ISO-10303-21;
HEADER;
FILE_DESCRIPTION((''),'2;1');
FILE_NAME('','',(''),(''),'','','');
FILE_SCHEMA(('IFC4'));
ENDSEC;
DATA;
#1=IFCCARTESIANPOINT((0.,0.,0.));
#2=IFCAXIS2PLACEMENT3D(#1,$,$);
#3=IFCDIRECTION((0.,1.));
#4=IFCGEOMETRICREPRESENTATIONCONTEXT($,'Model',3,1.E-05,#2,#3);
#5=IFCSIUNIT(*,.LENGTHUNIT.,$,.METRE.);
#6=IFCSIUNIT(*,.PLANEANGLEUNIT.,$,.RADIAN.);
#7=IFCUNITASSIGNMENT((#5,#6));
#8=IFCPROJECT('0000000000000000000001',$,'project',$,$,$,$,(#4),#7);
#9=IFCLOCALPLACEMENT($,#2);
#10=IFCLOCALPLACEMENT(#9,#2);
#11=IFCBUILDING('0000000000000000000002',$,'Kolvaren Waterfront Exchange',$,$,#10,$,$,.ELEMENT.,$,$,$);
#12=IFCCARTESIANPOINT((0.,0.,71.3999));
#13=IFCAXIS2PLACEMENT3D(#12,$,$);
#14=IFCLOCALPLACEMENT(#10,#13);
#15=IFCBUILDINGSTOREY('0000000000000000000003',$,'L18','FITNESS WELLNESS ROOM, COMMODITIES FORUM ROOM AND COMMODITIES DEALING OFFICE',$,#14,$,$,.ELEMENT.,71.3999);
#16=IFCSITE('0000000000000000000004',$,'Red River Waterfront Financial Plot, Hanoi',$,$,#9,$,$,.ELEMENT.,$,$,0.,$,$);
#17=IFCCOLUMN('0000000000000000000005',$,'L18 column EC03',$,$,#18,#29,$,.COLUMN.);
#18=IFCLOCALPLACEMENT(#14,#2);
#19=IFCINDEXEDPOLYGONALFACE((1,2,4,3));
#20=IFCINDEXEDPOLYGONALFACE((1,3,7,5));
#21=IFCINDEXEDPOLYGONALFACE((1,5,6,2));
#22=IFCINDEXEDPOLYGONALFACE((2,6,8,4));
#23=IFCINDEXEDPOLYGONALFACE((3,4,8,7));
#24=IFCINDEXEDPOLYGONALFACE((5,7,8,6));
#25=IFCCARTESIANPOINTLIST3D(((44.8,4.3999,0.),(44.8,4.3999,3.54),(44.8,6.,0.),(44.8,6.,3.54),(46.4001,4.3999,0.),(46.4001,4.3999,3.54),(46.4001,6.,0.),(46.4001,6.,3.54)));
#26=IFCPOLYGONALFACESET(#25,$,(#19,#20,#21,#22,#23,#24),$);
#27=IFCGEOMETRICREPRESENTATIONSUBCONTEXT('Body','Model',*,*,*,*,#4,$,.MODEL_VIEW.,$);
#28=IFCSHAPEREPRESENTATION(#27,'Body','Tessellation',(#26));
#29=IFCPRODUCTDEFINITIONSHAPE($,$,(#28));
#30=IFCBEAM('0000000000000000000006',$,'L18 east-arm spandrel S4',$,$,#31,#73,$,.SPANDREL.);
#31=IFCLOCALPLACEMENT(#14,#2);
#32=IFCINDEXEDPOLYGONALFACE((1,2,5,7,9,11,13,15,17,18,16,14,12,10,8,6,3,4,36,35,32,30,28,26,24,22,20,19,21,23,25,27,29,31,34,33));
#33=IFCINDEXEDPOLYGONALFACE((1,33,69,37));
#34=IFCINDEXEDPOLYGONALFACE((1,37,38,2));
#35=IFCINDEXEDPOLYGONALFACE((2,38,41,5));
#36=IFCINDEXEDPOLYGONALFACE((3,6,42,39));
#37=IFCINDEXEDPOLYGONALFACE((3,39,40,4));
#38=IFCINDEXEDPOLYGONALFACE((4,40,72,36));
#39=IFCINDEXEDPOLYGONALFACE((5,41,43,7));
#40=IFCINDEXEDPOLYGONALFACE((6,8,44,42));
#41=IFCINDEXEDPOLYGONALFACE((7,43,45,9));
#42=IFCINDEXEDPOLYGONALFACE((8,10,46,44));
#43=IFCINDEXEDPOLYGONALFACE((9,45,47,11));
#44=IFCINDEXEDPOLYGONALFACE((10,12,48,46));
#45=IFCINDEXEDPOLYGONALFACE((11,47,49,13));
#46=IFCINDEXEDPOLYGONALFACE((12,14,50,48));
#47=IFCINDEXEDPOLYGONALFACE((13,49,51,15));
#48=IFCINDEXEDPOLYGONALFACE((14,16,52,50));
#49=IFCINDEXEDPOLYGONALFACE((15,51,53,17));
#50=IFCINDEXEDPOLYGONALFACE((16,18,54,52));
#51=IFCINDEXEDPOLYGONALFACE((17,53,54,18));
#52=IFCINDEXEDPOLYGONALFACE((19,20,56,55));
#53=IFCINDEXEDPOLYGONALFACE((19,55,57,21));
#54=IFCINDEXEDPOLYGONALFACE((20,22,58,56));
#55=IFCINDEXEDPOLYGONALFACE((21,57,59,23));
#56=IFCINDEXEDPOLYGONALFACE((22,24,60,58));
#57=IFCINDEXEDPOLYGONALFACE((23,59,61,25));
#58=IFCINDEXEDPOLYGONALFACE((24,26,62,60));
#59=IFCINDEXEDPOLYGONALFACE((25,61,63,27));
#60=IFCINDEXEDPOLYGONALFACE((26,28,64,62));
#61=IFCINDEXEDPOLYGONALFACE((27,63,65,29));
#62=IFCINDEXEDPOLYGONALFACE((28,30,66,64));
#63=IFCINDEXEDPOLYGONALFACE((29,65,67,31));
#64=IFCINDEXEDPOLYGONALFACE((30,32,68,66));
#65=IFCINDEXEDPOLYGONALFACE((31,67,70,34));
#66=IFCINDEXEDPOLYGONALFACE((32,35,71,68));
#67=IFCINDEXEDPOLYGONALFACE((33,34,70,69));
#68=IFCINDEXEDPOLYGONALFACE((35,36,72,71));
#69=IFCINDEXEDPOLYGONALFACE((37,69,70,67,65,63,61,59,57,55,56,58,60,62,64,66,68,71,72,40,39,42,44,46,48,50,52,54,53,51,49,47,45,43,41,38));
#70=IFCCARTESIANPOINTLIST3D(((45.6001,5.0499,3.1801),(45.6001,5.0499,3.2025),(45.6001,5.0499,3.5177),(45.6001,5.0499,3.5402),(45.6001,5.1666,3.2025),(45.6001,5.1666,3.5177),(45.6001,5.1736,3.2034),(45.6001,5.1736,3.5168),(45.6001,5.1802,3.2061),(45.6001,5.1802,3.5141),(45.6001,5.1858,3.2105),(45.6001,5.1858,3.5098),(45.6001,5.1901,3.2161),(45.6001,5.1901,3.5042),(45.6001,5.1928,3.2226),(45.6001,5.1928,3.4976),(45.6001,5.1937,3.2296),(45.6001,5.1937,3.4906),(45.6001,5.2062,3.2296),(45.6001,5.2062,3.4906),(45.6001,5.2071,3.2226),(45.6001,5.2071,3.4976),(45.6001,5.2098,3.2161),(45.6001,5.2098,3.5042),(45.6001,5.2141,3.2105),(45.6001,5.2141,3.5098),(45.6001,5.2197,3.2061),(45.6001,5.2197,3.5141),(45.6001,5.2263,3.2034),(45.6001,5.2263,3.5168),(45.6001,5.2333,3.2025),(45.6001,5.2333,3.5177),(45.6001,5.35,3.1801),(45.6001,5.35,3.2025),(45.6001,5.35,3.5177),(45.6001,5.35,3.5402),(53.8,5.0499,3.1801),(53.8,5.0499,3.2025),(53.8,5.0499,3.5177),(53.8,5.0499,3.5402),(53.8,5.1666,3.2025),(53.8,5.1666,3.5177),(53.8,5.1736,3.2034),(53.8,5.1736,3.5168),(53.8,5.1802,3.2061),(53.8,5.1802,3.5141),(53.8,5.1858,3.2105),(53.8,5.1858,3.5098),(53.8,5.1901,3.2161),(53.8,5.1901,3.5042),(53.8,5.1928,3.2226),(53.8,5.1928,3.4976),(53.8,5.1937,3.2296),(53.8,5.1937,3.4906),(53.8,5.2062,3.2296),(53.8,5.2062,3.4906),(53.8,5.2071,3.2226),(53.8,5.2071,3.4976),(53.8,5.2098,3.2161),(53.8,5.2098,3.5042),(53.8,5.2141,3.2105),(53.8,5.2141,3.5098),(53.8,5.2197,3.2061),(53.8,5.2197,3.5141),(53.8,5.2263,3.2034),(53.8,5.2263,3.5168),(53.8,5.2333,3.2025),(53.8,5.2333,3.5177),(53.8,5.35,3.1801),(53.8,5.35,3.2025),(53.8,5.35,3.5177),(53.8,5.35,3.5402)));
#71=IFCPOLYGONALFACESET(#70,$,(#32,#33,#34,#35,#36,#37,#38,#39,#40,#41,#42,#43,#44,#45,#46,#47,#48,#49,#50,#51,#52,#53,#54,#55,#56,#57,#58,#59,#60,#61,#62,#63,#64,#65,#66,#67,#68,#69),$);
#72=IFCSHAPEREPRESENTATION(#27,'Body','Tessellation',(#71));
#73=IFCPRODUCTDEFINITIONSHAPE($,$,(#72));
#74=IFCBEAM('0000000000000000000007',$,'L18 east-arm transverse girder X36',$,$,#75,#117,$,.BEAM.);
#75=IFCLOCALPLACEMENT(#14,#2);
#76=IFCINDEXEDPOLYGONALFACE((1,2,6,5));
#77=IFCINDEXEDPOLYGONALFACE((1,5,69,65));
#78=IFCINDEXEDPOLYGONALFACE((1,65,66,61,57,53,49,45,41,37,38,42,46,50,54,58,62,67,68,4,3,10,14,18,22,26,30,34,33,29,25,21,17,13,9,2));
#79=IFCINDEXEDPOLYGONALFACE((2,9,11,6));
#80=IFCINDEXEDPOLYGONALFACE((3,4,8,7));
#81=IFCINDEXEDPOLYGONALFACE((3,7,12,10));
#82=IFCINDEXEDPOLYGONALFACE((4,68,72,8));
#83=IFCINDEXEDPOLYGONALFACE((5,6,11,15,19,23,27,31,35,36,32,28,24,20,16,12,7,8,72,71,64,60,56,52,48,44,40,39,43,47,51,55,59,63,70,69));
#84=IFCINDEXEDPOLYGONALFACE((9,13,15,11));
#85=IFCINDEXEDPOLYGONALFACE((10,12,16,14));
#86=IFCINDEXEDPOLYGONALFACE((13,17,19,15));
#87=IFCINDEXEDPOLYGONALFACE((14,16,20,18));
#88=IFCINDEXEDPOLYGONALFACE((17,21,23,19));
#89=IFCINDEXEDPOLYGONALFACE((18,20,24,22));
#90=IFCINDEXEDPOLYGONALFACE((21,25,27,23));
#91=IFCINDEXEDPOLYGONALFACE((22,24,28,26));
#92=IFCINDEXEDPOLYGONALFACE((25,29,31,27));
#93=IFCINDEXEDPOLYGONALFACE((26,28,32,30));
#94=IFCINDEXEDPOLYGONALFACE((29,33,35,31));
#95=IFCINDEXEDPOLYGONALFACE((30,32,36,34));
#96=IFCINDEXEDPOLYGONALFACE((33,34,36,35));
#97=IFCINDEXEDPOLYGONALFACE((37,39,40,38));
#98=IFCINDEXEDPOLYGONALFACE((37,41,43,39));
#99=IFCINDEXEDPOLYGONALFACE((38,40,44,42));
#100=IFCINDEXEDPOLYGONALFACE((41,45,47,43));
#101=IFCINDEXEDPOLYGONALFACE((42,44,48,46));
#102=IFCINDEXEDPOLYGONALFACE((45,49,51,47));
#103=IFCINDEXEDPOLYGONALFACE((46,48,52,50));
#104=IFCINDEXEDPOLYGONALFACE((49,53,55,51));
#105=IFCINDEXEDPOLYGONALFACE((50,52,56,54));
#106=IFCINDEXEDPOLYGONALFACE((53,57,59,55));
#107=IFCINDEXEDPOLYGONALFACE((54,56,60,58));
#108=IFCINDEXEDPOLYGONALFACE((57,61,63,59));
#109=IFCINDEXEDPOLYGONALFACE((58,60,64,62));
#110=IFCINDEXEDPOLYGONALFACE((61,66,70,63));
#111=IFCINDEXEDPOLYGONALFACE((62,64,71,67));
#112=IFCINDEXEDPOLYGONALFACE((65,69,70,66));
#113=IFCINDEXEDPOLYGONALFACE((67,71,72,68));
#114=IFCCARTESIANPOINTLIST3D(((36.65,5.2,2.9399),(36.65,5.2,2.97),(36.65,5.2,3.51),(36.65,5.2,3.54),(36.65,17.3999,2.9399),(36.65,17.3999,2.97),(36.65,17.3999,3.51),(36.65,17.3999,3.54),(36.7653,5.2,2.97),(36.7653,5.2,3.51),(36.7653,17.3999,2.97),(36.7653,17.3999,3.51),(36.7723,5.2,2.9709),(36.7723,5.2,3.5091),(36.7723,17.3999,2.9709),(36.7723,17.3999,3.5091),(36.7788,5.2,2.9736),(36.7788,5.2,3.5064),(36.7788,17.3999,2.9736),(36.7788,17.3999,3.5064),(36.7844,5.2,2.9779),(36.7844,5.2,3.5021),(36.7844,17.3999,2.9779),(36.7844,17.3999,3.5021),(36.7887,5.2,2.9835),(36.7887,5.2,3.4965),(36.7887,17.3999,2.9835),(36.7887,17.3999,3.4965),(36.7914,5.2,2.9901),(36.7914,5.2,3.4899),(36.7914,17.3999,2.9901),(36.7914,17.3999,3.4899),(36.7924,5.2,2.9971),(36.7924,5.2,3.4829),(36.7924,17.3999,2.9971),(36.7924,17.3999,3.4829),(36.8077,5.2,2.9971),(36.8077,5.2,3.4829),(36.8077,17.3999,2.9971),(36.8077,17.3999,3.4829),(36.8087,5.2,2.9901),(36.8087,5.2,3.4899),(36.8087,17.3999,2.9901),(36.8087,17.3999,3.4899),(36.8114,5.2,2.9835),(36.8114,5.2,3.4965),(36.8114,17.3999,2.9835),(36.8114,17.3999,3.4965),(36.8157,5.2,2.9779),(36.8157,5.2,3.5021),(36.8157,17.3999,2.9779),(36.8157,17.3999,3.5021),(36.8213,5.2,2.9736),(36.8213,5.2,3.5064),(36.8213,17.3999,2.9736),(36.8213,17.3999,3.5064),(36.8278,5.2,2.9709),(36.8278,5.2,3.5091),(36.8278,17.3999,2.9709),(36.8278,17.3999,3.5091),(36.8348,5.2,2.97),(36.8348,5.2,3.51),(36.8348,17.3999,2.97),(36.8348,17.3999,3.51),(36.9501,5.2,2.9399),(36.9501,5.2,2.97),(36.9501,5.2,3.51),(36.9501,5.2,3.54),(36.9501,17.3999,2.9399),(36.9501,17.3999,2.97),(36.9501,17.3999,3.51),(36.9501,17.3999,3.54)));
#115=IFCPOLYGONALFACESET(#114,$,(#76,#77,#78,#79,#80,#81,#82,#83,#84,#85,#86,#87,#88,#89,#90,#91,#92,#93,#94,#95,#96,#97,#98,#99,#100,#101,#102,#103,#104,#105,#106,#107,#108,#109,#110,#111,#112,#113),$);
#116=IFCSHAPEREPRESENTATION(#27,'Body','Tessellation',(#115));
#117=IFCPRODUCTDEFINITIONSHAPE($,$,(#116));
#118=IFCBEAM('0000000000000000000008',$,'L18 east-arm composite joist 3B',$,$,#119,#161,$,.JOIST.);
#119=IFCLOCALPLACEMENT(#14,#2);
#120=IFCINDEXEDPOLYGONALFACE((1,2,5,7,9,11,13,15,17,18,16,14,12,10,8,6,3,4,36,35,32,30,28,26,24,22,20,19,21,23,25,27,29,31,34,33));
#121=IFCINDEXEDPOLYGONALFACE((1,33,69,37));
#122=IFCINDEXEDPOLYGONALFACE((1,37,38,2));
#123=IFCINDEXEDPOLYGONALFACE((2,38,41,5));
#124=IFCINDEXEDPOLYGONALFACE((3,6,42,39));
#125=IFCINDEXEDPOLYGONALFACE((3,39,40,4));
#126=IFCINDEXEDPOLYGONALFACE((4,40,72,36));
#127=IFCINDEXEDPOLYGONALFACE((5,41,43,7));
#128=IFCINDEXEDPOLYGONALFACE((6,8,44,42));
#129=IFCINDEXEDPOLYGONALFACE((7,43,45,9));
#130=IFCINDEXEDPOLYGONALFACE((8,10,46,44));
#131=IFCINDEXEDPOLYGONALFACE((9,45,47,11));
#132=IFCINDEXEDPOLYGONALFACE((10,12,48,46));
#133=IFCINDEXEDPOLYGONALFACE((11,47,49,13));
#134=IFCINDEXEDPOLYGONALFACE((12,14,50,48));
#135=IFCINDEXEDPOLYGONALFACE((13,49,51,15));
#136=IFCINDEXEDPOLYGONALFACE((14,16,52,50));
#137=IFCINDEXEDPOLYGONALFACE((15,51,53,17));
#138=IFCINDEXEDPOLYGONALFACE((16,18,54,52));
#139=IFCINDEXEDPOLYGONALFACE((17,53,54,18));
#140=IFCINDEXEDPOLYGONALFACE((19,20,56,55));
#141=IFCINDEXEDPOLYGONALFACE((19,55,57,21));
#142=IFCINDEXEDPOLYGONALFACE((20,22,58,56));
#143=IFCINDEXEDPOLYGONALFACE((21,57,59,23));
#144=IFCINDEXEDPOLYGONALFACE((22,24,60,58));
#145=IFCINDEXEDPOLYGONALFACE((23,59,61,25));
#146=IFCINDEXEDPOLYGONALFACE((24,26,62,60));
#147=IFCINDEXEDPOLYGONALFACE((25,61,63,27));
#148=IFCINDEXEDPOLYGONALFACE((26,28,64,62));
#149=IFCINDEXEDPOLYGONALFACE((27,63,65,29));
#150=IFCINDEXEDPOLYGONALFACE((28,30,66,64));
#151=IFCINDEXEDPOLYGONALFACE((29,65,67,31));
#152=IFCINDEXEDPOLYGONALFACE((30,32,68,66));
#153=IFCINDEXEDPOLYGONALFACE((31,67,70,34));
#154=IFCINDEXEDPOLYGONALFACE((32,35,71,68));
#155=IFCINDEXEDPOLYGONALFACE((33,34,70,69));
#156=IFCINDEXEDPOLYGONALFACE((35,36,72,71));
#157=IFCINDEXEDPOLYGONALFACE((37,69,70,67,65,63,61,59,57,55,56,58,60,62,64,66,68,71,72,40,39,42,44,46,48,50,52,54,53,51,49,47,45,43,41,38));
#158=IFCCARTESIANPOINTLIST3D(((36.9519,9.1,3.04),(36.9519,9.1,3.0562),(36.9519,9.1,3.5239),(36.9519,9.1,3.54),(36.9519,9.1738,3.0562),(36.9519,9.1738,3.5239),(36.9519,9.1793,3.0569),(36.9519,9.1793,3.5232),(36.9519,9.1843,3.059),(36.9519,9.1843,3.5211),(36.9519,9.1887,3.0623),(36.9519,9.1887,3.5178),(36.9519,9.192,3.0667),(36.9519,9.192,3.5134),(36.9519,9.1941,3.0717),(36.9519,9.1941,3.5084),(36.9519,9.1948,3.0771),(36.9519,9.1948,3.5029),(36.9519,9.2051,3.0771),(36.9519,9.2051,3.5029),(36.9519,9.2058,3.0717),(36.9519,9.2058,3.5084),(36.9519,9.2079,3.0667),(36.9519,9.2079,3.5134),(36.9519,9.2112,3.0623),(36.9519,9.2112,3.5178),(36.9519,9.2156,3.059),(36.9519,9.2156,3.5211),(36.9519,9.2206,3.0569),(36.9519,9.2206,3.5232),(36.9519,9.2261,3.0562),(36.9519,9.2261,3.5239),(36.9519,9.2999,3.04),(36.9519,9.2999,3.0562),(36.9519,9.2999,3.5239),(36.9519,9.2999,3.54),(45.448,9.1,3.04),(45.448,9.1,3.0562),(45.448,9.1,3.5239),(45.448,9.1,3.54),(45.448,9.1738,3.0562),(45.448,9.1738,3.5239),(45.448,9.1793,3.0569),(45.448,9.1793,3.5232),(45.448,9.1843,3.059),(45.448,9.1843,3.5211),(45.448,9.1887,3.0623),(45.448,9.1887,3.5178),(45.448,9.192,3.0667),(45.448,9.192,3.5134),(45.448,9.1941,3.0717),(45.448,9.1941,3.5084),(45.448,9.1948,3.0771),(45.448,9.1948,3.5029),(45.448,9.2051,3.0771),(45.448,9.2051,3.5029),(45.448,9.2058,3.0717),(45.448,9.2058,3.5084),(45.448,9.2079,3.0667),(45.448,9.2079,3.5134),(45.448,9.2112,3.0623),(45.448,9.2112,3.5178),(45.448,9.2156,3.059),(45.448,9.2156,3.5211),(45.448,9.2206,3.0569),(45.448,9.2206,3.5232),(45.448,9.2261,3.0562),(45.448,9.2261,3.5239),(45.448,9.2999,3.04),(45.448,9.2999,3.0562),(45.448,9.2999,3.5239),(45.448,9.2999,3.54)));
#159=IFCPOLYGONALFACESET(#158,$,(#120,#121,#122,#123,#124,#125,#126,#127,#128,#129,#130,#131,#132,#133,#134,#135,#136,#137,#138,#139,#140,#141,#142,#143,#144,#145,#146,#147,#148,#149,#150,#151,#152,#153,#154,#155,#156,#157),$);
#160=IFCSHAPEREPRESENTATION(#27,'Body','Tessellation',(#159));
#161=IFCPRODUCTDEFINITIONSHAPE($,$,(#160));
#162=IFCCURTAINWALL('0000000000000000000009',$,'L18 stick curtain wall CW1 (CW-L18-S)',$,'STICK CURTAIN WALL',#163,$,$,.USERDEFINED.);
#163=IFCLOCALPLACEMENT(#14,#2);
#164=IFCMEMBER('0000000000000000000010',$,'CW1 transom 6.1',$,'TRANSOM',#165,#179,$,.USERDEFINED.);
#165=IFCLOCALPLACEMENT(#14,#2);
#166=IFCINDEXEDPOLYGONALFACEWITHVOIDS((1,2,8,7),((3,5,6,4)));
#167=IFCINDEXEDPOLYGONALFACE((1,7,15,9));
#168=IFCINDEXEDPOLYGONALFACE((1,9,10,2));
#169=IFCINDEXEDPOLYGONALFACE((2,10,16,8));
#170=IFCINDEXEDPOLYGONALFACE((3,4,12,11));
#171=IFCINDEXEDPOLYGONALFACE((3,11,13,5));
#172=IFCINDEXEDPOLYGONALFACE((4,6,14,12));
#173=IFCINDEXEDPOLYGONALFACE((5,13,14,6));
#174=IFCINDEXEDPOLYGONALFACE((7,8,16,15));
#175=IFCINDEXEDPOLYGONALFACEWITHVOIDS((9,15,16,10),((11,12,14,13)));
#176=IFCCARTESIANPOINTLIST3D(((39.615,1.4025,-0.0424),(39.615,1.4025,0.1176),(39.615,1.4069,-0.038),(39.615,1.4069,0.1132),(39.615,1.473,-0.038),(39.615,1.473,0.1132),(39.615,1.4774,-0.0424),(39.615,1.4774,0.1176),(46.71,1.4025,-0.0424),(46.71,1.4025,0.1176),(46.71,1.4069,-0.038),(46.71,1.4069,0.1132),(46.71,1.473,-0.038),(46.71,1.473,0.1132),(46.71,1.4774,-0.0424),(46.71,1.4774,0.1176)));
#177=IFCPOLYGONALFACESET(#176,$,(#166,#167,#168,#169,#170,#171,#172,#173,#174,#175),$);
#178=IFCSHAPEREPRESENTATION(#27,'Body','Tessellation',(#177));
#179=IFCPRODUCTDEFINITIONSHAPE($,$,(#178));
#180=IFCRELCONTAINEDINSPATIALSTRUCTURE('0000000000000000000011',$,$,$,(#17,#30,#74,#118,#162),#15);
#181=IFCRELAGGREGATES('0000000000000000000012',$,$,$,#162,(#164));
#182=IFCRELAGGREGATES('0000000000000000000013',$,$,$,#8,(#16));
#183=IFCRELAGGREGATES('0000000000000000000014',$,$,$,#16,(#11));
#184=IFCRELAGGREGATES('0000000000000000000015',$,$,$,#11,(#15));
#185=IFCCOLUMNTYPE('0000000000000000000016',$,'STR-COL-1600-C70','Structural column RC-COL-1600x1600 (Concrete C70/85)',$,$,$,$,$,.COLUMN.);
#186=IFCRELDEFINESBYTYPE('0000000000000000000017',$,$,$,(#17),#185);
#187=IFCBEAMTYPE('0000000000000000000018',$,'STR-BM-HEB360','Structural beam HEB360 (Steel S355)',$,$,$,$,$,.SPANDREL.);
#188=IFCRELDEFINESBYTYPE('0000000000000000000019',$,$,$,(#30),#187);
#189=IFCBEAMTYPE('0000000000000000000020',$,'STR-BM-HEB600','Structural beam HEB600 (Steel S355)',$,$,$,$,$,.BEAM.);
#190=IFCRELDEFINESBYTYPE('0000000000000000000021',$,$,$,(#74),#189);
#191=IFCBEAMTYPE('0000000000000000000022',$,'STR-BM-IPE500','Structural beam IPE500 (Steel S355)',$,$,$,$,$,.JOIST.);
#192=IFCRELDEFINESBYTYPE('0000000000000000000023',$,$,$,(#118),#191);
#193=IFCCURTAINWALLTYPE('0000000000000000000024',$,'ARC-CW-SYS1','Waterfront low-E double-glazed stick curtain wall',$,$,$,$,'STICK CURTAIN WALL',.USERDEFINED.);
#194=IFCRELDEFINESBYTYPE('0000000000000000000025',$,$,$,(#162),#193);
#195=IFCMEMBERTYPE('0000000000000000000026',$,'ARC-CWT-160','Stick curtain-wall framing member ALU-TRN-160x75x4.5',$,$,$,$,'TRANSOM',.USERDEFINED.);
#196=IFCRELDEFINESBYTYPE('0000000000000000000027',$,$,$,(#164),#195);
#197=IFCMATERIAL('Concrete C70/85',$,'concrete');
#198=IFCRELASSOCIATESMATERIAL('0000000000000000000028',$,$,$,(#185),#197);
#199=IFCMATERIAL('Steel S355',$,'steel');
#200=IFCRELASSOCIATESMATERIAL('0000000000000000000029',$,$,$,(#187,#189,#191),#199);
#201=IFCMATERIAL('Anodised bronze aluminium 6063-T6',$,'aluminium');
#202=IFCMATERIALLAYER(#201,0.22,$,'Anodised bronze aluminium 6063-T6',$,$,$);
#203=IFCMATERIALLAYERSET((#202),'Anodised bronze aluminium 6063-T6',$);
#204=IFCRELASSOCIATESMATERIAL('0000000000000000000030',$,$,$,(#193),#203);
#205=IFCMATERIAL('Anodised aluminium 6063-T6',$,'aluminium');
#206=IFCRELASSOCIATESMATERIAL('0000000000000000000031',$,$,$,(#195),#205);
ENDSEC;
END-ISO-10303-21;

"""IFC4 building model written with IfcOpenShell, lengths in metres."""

from ifc_helpers import new_model, si_unit, direction, frame, origin, origin_with_axes, origin_2d, place, context, subcontext, project, spatial, rectangle, hollow_rectangle, i_section, extrude, source, transform, mapped, material, layer, layer_set, material_profile, profile_set, type_object, element, aggregate, save


model = new_model("IFC4")

# Units and contexts
model_context = context("Model", 3, precision=1e-05, world=origin(), true_north=direction((0.0, 1.0)))
body_context = subcontext(model_context, "Body", "Model", "MODEL_VIEW")
ifc_project = project(units=[si_unit("LENGTHUNIT", "METRE"), si_unit("PLANEANGLEUNIT", "RADIAN")], contexts=[model_context])

# Site, building, storey
site_placement = place(None, origin())
site = spatial("IfcSite", under=ifc_project, at=site_placement, Name="Red River Waterfront Financial Plot, Hanoi", CompositionType="ELEMENT", RefElevation=0.0)
building_placement = place(site_placement, origin())
building = spatial("IfcBuilding", under=site, at=building_placement, Name="Kolvaren Waterfront Exchange", CompositionType="ELEMENT")
storey_placement = place(building_placement, frame((0.0, 0.0, 71.3999)))
storey = spatial("IfcBuildingStorey", under=building, at=storey_placement, Name="L18", Description="FITNESS WELLNESS ROOM, COMMODITIES FORUM ROOM AND COMMODITIES DEALING OFFICE", CompositionType="ELEMENT", Elevation=71.3999)

# Column
ifc_material_1 = material(Name="Concrete C70/85", Category="concrete")
ifc_material_profile_1 = material_profile(ifc_material_1, rectangle(XDim=1.6001, YDim=1.6001, at=origin_2d()), Name="RC-COL-1600x1600")
ifc_profile_set_1 = profile_set([ifc_material_profile_1], Name="Concrete C70/85")
column_type = type_object("IfcColumnType", Name="STR-COL-1600-C70", Description="Structural column RC-COL-1600x1600 (Concrete C70/85)", PredefinedType="COLUMN", material=ifc_profile_set_1)
column_placement = place(storey_placement, frame((45.6001, 5.2, 0.0), z_axis=(0.0, 0.0, 1.0), x_axis=(1.0, 0.0, 0.0)))
element("IfcColumn", 1, at=column_placement, inside=storey, type_object=column_type, Name="L18 column EC03", PredefinedType="COLUMN", context=body_context, shape_type="SweptSolid", body=[
    extrude(rectangle(XDim=1.6001, YDim=1.6001, at=origin_2d()), origin(), (0.0, 0.0, 1.0), 3.54),
])

# Beams
ifc_material_2 = material(Name="Steel S355", Category="steel")
ifc_material_profile_2 = material_profile(ifc_material_2, i_section(OverallWidth=0.3, OverallDepth=0.3601, WebThickness=0.0125, FlangeThickness=0.0225, FilletRadius=0.0271, at=origin_2d()), Name="HEB360")
ifc_profile_set_2 = profile_set([ifc_material_profile_2], Name="Steel S355")
beam_type_1 = type_object("IfcBeamType", Name="STR-BM-HEB360", Description="Structural beam HEB360 (Steel S355)", PredefinedType="SPANDREL", material=ifc_profile_set_2)
beam_1_placement = place(storey_placement, frame((45.6001, 5.2, 3.3601), z_axis=(1.0, 0.0, 0.0), x_axis=(0.0, 1.0, 0.0)))
element("IfcBeam", 2, at=beam_1_placement, inside=storey, type_object=beam_type_1, Name="L18 east-arm spandrel S4", PredefinedType="SPANDREL", context=body_context, shape_type="SweptSolid", body=[
    extrude(i_section(OverallWidth=0.3, OverallDepth=0.3601, WebThickness=0.0125, FlangeThickness=0.0225, FilletRadius=0.0271, at=origin_2d()), origin(), (0.0, 0.0, 1.0), 8.2),
])
ifc_material_profile_3 = material_profile(ifc_material_2, i_section(OverallWidth=0.3, OverallDepth=0.6001, WebThickness=0.0154, FlangeThickness=0.03, FilletRadius=0.0271, at=origin_2d()), Name="HEB600")
ifc_profile_set_3 = profile_set([ifc_material_profile_3], Name="Steel S355")
beam_type_2 = type_object("IfcBeamType", Name="STR-BM-HEB600", Description="Structural beam HEB600 (Steel S355)", PredefinedType="BEAM", material=ifc_profile_set_3)
beam_2_placement = place(storey_placement, frame((36.8, 5.2, 3.24), z_axis=(0.0, 1.0, 0.0), x_axis=(-1.0, 0.0, 0.0)))
element("IfcBeam", 3, at=beam_2_placement, inside=storey, type_object=beam_type_2, Name="L18 east-arm transverse girder X36", PredefinedType="BEAM", context=body_context, shape_type="SweptSolid", body=[
    extrude(i_section(OverallWidth=0.3, OverallDepth=0.6001, WebThickness=0.0154, FlangeThickness=0.03, FilletRadius=0.0271, at=origin_2d()), origin(), (0.0, 0.0, 1.0), 12.2),
])
ifc_material_profile_4 = material_profile(ifc_material_2, i_section(OverallWidth=0.2, OverallDepth=0.5, WebThickness=0.0103, FlangeThickness=0.0161, FilletRadius=0.021, at=origin_2d()), Name="IPE500")
ifc_profile_set_4 = profile_set([ifc_material_profile_4], Name="Steel S355")
beam_type_3 = type_object("IfcBeamType", Name="STR-BM-IPE500", Description="Structural beam IPE500 (Steel S355)", PredefinedType="JOIST", material=ifc_profile_set_4)
beam_3_placement = place(storey_placement, frame((36.9519, 9.2, 3.29), z_axis=(1.0, 0.0, 0.0), x_axis=(0.0, 1.0, 0.0)))
element("IfcBeam", 4, at=beam_3_placement, inside=storey, type_object=beam_type_3, Name="L18 east-arm composite joist 3B", PredefinedType="JOIST", context=body_context, shape_type="SweptSolid", body=[
    extrude(i_section(OverallWidth=0.2, OverallDepth=0.5, WebThickness=0.0103, FlangeThickness=0.0161, FilletRadius=0.021, at=origin_2d()), origin(), (0.0, 0.0, 1.0), 8.4961),
])

# Curtain wall, member
ifc_material_3 = material(Name="Anodised bronze aluminium 6063-T6", Category="aluminium")
ifc_layer_1 = layer(ifc_material_3, 0.22, Name="Anodised bronze aluminium 6063-T6")
ifc_layer_set_1 = layer_set([ifc_layer_1], Name="Anodised bronze aluminium 6063-T6")
curtain_wall_type_1 = type_object("IfcCurtainWallType", Name="ARC-CW-SYS1", Description="Waterfront low-E double-glazed stick curtain wall", ElementType="STICK CURTAIN WALL", PredefinedType="USERDEFINED", material=ifc_layer_set_1)
curtain_wall_1_placement = place(storey_placement, origin())
curtain_wall_1 = element("IfcCurtainWall", 5, at=curtain_wall_1_placement, inside=storey, type_object=curtain_wall_type_1, Name="L18 stick curtain wall CW1 (CW-L18-S)", ObjectType="STICK CURTAIN WALL", PredefinedType="USERDEFINED")
ifc_material_4 = material(Name="Anodised aluminium 6063-T6", Category="aluminium")
ifc_material_profile_5 = material_profile(ifc_material_4, hollow_rectangle(XDim=0.075, YDim=0.1599, WallThickness=0.0044, at=origin_2d()), Name="ALU-TRN-160x75x4.5")
ifc_profile_set_5 = profile_set([ifc_material_profile_5], Name="Anodised aluminium 6063-T6")
member_type_1 = type_object("IfcMemberType", Name="ARC-CWT-160", Description="Stick curtain-wall framing member ALU-TRN-160x75x4.5", ElementType="TRANSOM", PredefinedType="USERDEFINED", material=ifc_profile_set_5)
shared_shape_1 = source(origin_with_axes(), body_context, "Body", "SweptSolid", [
    extrude(hollow_rectangle(XDim=0.075, YDim=0.1599, WallThickness=0.0044, at=origin_2d()), origin(), (0.0, 0.0, 1.0), 7.095),
])
member_1_placement = place(storey_placement, frame((39.615, 1.4399, 0.0376), z_axis=(1.0, 0.0, 0.0), x_axis=(0.0, 1.0, 0.0)))
member_1 = element("IfcMember", 6, at=member_1_placement, type_object=member_type_1, Name="CW1 transom 6.1", ObjectType="TRANSOM", PredefinedType="USERDEFINED", context=body_context, shape_type="MappedRepresentation", body=[
    mapped(shared_shape_1, transform((0.0, 0.0, 0.0), x_axis=(1.0, 0.0, 0.0), y_axis=(0.0, 1.0, 0.0), z_axis=(0.0, 0.0, 1.0), scale=1.0)),
])

aggregate(curtain_wall_1, [member_1])

save(model, "model.ifc")
